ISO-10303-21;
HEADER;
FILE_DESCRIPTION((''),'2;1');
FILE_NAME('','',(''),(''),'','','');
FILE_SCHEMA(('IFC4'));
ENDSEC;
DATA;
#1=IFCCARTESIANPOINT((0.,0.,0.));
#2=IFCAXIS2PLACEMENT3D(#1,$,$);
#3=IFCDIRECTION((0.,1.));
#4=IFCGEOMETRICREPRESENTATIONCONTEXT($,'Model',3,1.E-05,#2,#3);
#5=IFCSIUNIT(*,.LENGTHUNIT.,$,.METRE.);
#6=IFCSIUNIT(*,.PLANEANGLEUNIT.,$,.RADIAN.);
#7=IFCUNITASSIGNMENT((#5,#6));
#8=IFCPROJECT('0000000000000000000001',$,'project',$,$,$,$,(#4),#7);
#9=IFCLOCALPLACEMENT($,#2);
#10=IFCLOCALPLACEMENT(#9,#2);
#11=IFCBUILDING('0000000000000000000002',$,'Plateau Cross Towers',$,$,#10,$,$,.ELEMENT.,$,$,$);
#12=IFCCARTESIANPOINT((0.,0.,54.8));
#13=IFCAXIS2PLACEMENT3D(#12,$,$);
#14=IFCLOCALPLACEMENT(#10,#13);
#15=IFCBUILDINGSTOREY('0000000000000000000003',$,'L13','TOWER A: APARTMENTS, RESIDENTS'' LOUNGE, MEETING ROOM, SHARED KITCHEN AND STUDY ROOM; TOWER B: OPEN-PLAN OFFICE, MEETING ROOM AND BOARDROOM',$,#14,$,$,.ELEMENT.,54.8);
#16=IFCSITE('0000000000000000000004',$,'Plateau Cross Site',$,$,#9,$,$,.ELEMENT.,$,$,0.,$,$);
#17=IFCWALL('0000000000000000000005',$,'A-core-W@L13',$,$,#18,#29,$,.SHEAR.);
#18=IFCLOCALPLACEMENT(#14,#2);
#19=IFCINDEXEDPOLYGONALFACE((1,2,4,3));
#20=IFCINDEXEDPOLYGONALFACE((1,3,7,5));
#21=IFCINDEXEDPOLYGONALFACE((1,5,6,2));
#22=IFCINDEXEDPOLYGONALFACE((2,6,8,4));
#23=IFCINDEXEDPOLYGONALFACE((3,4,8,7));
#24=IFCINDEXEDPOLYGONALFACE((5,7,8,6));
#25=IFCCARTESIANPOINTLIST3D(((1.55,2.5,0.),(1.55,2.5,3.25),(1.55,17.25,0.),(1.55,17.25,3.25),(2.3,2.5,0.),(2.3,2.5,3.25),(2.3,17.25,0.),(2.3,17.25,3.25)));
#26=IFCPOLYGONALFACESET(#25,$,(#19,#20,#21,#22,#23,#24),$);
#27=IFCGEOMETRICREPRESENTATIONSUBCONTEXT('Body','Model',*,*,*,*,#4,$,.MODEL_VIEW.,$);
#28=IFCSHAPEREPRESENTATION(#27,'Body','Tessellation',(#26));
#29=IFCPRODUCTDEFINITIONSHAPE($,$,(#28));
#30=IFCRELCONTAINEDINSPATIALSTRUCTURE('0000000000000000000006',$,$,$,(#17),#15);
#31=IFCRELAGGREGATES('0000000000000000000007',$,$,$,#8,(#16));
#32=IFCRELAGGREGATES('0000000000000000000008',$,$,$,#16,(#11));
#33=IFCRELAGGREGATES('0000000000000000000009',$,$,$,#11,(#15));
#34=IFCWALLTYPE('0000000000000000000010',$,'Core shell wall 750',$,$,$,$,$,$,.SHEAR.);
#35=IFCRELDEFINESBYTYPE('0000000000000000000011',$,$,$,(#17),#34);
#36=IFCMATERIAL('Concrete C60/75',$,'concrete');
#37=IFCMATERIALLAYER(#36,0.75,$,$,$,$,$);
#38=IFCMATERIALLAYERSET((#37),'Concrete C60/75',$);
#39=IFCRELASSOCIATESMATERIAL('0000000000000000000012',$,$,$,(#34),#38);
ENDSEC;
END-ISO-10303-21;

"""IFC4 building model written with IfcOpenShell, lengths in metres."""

from ifc_helpers import new_model, si_unit, direction, frame, frame_2d, origin, place, context, subcontext, project, spatial, rectangle, extrude, material, layer, layer_set, type_object, element, save


model = new_model("IFC4")

# Units and contexts
model_context = context("Model", 3, precision=1e-05, world=origin(), true_north=direction((0.0, 1.0)))
body_context = subcontext(model_context, "Body", "Model", "MODEL_VIEW")
ifc_project = project(units=[si_unit("LENGTHUNIT", "METRE"), si_unit("PLANEANGLEUNIT", "RADIAN")], contexts=[model_context])

# Site, building, storey
site_placement = place(None, origin())
site = spatial("IfcSite", under=ifc_project, at=site_placement, Name="Plateau Cross Site", CompositionType="ELEMENT", RefElevation=0.0)
building_placement = place(site_placement, origin())
building = spatial("IfcBuilding", under=site, at=building_placement, Name="Plateau Cross Towers", CompositionType="ELEMENT")
storey_placement = place(building_placement, frame((0.0, 0.0, 54.8)))
storey = spatial("IfcBuildingStorey", under=building, at=storey_placement, Name="L13", Description="TOWER A: APARTMENTS, RESIDENTS' LOUNGE, MEETING ROOM, SHARED KITCHEN AND STUDY ROOM; TOWER B: OPEN-PLAN OFFICE, MEETING ROOM AND BOARDROOM", CompositionType="ELEMENT", Elevation=54.8)

# Shared definitions
ifc_material_1 = material(Name="Concrete C60/75", Category="concrete")

# Wall
ifc_layer_1 = layer(ifc_material_1, 0.75)
ifc_layer_set_1 = layer_set([ifc_layer_1], Name="Concrete C60/75")
wall_type_1 = type_object("IfcWallType", Name="Core shell wall 750", PredefinedType="SHEAR", material=ifc_layer_set_1)
wall_1_placement = place(storey_placement, frame((1.925, 2.5, 0.0), z_axis=(0.0, 0.0, 1.0), x_axis=(0.0, 1.0, 0.0)))
element("IfcWall", 1, at=wall_1_placement, inside=storey, type_object=wall_type_1, Name="A-core-W@L13", PredefinedType="SHEAR", context=body_context, shape_type="SweptSolid", body=[
    extrude(rectangle(XDim=14.75, YDim=0.75, at=frame_2d((7.375, 0.0))), origin(), (0.0, 0.0, 1.0), 3.25),
])

save(model, "model.ifc")
